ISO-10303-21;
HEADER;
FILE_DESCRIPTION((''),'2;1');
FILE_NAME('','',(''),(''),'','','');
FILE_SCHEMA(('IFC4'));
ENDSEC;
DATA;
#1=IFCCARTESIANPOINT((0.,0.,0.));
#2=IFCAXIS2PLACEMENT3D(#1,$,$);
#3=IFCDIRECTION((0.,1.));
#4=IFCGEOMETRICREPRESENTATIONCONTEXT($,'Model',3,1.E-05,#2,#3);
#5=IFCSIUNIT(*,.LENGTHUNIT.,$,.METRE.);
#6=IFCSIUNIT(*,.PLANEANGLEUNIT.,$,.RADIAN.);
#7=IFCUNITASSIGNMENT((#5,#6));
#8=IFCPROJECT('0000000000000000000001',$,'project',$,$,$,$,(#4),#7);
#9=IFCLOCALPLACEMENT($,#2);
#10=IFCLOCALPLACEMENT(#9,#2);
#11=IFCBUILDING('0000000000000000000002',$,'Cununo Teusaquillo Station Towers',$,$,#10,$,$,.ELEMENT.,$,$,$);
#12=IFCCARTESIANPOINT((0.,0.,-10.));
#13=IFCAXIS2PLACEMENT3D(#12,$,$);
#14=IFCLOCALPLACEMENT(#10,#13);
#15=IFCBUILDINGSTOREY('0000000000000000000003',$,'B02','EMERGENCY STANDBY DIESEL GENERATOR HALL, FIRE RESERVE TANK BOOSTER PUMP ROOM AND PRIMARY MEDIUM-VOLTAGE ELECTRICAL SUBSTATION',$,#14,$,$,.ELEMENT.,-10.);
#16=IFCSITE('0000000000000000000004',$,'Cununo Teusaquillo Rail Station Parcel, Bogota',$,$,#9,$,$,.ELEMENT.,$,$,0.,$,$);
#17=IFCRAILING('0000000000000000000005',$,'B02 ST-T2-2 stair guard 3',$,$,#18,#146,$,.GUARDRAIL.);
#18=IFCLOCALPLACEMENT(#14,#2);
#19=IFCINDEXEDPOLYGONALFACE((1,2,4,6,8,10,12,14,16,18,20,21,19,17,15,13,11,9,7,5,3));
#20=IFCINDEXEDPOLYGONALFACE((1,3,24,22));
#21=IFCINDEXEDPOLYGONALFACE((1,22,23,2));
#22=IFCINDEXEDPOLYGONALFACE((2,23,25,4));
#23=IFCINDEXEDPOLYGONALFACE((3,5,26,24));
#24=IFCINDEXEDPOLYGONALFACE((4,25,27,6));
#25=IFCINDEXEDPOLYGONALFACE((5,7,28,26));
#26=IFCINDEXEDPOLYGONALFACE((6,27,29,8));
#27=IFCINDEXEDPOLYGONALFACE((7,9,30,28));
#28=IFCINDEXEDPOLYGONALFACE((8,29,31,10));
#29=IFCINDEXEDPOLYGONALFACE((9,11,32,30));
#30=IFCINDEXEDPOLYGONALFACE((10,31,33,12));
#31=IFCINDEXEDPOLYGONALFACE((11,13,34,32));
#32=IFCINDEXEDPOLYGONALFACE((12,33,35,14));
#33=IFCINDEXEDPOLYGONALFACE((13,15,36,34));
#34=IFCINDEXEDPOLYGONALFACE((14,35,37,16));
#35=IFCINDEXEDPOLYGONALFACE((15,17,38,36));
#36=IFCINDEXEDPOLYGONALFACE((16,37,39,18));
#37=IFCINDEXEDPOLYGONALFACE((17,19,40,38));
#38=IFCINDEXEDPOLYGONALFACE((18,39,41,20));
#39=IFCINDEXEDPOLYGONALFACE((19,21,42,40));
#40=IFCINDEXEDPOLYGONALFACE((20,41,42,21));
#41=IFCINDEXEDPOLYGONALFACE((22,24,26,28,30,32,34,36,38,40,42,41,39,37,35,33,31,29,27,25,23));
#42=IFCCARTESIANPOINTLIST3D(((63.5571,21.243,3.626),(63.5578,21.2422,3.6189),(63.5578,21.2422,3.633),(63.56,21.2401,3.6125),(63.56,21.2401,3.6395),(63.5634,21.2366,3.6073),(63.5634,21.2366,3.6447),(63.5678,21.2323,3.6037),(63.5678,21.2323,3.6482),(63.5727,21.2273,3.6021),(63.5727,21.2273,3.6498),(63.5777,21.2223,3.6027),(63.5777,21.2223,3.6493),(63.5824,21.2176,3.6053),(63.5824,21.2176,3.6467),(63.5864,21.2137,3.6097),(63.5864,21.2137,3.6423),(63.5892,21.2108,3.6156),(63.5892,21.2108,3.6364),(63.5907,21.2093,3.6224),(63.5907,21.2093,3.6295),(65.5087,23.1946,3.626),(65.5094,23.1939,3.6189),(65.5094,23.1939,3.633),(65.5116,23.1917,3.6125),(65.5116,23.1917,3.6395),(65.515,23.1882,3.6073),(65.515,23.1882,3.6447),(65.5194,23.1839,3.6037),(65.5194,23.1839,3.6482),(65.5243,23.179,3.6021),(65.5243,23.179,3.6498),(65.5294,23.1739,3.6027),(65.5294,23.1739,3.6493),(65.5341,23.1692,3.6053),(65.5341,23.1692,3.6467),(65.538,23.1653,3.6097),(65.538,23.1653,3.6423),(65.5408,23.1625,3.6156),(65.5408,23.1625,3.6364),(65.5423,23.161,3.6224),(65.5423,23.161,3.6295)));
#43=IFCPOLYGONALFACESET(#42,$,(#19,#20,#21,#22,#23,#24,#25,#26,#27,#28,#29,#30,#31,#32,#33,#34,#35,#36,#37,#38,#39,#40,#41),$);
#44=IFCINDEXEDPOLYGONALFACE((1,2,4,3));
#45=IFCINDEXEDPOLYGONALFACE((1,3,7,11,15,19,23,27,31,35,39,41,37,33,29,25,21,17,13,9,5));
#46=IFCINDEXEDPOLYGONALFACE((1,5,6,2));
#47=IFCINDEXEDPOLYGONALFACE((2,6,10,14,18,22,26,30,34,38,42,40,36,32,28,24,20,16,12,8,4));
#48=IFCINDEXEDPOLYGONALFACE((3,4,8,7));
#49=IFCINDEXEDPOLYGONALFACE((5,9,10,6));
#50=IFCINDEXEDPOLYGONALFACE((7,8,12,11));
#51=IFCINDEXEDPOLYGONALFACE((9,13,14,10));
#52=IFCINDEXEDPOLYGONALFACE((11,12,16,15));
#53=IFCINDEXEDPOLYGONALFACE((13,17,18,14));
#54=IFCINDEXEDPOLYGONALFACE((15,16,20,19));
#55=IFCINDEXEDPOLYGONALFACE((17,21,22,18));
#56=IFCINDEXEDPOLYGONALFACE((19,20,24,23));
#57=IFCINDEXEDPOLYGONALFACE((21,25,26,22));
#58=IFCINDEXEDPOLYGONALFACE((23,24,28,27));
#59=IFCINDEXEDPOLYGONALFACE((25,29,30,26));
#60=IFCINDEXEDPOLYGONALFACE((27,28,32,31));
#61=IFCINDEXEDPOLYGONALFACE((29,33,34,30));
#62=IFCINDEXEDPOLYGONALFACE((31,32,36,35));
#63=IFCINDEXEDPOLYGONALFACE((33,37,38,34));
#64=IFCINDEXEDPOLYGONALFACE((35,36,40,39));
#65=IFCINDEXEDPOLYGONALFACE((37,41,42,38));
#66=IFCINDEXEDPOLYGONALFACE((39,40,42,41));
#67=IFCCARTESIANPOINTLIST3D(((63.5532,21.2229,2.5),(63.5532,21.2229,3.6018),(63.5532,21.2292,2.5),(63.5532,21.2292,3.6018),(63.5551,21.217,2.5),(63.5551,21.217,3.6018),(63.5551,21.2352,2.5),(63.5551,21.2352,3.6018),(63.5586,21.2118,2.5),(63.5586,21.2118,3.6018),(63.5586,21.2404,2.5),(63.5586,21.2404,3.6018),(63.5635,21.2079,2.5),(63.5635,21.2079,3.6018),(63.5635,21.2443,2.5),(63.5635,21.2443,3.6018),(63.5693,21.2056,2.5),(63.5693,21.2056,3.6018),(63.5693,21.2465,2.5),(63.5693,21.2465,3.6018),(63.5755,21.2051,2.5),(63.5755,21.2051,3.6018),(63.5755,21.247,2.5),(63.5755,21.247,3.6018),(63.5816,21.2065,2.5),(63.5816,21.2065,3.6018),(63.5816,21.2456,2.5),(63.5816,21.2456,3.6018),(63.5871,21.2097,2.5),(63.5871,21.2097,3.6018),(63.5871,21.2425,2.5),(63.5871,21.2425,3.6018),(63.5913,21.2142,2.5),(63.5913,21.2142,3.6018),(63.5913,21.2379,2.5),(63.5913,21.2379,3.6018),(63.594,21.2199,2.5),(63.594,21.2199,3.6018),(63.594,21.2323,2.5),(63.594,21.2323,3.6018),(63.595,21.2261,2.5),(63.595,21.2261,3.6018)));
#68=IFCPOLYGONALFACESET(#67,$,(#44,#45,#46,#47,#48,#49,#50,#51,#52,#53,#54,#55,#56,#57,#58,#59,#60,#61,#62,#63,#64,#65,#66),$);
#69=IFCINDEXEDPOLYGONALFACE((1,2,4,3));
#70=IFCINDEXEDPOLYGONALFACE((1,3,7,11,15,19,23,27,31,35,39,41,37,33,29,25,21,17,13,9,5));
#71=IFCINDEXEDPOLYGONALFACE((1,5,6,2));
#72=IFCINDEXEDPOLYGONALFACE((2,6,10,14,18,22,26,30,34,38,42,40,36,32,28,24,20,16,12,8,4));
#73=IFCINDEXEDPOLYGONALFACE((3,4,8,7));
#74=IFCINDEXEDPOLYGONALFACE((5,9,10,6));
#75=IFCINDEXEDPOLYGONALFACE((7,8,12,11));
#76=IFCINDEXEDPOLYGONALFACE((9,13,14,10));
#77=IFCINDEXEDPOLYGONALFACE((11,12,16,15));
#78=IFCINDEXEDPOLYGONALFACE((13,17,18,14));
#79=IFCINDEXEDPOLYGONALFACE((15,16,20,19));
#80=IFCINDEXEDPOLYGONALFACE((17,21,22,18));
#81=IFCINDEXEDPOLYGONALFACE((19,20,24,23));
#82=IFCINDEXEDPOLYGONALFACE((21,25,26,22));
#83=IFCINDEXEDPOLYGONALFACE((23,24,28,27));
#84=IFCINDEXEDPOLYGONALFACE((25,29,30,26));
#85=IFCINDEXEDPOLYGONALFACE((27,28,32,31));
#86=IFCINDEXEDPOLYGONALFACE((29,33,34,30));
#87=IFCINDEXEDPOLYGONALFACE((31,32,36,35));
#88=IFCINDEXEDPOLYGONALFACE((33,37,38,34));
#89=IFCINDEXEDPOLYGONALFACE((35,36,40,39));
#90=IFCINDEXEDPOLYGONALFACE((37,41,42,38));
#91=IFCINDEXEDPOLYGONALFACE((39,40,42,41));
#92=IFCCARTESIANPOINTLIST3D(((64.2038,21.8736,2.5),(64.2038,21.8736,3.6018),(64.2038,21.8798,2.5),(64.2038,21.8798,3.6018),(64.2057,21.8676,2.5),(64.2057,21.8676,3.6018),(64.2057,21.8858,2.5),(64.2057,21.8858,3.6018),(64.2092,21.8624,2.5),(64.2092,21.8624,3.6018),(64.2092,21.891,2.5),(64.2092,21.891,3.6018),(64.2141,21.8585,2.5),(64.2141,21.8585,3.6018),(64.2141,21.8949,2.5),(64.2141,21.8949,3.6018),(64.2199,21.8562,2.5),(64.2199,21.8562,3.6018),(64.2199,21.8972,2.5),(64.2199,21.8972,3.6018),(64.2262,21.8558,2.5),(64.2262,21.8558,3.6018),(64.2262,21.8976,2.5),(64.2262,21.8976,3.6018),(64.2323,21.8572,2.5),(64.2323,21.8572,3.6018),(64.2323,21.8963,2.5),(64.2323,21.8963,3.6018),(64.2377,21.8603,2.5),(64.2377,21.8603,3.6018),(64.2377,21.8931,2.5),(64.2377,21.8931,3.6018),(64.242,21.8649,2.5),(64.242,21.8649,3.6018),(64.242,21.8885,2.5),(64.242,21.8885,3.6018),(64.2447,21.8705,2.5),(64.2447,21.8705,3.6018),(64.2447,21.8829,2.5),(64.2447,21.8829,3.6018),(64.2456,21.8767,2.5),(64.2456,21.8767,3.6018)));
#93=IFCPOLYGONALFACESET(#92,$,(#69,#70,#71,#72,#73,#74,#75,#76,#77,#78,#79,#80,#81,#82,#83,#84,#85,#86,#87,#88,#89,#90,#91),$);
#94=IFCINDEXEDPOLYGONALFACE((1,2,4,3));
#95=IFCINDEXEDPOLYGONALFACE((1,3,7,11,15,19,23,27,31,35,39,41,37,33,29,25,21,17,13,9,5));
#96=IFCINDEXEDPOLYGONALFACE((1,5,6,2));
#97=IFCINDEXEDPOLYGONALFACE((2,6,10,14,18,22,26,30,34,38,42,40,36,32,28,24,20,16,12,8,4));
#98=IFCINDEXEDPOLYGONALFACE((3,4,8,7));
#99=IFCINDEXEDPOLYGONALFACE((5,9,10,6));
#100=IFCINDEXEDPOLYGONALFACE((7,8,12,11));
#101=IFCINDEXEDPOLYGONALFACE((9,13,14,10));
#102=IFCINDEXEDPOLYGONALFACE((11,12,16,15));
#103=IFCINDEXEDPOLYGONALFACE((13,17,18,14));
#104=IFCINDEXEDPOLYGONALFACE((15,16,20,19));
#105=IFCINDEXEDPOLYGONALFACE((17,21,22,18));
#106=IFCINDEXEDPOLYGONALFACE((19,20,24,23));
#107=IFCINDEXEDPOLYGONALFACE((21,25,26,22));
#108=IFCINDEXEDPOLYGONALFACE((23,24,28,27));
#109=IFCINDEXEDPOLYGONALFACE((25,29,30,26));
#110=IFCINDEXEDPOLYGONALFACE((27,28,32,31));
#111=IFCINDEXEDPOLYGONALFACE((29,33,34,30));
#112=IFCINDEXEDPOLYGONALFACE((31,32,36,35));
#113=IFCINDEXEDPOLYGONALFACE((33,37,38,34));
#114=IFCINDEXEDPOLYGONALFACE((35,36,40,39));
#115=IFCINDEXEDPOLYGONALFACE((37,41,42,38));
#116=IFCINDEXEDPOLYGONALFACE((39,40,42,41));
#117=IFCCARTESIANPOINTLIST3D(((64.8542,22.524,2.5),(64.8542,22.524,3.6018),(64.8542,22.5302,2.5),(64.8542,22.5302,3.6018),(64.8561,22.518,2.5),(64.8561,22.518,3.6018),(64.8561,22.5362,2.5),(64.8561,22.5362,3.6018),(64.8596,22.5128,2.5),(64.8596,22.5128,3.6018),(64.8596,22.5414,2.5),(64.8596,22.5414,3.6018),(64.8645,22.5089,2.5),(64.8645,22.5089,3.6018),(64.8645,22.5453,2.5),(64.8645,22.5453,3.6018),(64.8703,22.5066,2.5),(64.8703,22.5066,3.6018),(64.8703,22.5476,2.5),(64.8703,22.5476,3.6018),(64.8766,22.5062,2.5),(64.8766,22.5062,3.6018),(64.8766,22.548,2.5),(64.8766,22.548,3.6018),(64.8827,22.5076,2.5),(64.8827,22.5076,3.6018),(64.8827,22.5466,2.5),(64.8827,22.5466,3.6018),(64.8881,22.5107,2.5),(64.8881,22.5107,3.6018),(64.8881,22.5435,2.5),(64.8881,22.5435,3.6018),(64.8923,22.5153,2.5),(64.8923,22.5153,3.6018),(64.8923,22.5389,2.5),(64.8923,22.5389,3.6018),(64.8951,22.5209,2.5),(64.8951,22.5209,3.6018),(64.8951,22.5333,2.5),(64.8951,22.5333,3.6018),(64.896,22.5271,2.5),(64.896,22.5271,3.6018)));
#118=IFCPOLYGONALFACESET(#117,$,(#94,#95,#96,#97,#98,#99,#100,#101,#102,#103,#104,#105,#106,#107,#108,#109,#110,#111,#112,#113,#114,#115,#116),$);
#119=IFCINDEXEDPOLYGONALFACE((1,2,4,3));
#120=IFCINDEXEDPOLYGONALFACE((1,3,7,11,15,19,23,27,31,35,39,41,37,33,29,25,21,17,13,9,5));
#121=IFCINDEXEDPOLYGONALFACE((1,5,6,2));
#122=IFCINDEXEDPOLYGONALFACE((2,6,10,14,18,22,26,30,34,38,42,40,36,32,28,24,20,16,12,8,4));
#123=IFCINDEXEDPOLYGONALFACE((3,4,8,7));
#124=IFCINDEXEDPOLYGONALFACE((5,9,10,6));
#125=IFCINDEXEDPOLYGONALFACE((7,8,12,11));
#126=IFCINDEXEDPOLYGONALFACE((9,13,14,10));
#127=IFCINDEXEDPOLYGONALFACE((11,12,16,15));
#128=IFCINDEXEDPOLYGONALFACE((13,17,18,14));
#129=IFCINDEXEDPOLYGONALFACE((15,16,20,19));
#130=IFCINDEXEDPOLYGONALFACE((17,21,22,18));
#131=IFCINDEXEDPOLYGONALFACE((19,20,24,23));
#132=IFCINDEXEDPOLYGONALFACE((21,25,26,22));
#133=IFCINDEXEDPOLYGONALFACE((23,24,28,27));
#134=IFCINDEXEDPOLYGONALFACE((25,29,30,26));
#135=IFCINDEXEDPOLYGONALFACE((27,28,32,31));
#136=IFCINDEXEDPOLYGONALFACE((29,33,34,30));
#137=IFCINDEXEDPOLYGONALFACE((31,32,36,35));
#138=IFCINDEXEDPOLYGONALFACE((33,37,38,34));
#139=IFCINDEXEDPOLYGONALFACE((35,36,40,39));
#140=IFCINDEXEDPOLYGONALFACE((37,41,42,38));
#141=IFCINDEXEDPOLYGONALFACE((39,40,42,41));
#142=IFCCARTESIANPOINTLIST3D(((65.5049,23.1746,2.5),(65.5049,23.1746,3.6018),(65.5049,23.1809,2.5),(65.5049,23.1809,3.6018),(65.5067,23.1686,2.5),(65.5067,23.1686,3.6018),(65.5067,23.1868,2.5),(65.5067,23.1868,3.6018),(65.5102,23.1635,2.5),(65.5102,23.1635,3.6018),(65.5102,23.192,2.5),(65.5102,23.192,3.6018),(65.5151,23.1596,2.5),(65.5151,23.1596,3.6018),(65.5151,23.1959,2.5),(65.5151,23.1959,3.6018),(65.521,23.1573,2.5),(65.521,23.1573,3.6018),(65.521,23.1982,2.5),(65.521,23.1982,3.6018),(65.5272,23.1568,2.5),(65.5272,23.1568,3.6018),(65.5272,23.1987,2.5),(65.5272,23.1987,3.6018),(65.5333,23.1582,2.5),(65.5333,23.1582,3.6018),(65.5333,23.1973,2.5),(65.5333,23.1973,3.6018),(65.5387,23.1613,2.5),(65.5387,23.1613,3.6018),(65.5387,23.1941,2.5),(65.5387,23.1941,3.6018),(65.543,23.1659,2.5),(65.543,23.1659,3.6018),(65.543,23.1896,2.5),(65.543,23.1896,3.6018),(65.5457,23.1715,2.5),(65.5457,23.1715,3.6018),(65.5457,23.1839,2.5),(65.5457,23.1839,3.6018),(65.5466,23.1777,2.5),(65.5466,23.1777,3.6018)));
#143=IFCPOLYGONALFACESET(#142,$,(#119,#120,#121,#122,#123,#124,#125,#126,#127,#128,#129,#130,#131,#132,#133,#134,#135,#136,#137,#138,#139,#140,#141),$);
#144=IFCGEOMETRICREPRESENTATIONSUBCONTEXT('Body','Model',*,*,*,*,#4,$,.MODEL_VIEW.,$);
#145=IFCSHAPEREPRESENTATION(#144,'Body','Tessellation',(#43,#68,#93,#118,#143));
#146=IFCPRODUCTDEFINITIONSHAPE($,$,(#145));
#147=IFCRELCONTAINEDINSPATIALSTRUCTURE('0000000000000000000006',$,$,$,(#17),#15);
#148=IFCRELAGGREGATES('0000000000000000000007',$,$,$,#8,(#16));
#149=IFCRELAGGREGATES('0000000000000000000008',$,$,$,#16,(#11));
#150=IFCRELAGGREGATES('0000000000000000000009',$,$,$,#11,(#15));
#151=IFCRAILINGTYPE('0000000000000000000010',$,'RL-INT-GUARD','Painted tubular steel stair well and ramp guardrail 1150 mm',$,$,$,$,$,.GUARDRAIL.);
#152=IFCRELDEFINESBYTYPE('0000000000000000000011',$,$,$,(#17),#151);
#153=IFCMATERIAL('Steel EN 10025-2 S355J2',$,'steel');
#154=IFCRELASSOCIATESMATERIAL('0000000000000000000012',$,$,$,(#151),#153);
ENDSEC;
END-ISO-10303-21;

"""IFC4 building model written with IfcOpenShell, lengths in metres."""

from ifc_helpers import new_model, si_unit, direction, frame, origin, origin_2d, place, context, subcontext, project, spatial, circle, extrude, material, type_object, element, save


model = new_model("IFC4")

# Units and contexts
model_context = context("Model", 3, precision=1e-05, world=origin(), true_north=direction((0.0, 1.0)))
body_context = subcontext(model_context, "Body", "Model", "MODEL_VIEW")
ifc_project = project(units=[si_unit("LENGTHUNIT", "METRE"), si_unit("PLANEANGLEUNIT", "RADIAN")], contexts=[model_context])

# Site, building, storey
site_placement = place(None, origin())
site = spatial("IfcSite", under=ifc_project, at=site_placement, Name="Cununo Teusaquillo Rail Station Parcel, Bogota", CompositionType="ELEMENT", RefElevation=0.0)
building_placement = place(site_placement, origin())
building = spatial("IfcBuilding", under=site, at=building_placement, Name="Cununo Teusaquillo Station Towers", CompositionType="ELEMENT")
storey_placement = place(building_placement, frame((0.0, 0.0, -10.0)))
storey = spatial("IfcBuildingStorey", under=building, at=storey_placement, Name="B02", Description="EMERGENCY STANDBY DIESEL GENERATOR HALL, FIRE RESERVE TANK BOOSTER PUMP ROOM AND PRIMARY MEDIUM-VOLTAGE ELECTRICAL SUBSTATION", CompositionType="ELEMENT", Elevation=-10.0)

# Railing
ifc_material_1 = material(Name="Steel EN 10025-2 S355J2", Category="steel")
railing_type = type_object("IfcRailingType", Name="RL-INT-GUARD", Description="Painted tubular steel stair well and ramp guardrail 1150 mm", PredefinedType="GUARDRAIL", material=ifc_material_1)
railing_1_placement = place(storey_placement, frame((63.574, 21.2261, 2.5)))
element("IfcRailing", 1, at=railing_1_placement, inside=storey, type_object=railing_type, Name="B02 ST-T2-2 stair guard 3", PredefinedType="GUARDRAIL", context=body_context, shape_type="SweptSolid", body=[
    extrude(circle(Radius=0.0239, at=origin_2d()), frame((0.0, 0.0, 1.126), z_axis=(0.707107, 0.707107, 0.0), x_axis=(-0.707107, 0.707107, 0.0)), (0.0, 0.0, 1.0), 2.76),
    extrude(circle(Radius=0.021, at=origin_2d()), origin(), (0.0, 0.0, 1.0), 1.1018),
    extrude(circle(Radius=0.021, at=origin_2d()), frame((0.6506, 0.6506, 0.0)), (0.0, 0.0, 1.0), 1.1018),
    extrude(circle(Radius=0.021, at=origin_2d()), frame((1.301, 1.301, 0.0)), (0.0, 0.0, 1.0), 1.1018),
    extrude(circle(Radius=0.021, at=origin_2d()), frame((1.9517, 1.9517, 0.0)), (0.0, 0.0, 1.0), 1.1018),
])

save(model, "model.ifc")
